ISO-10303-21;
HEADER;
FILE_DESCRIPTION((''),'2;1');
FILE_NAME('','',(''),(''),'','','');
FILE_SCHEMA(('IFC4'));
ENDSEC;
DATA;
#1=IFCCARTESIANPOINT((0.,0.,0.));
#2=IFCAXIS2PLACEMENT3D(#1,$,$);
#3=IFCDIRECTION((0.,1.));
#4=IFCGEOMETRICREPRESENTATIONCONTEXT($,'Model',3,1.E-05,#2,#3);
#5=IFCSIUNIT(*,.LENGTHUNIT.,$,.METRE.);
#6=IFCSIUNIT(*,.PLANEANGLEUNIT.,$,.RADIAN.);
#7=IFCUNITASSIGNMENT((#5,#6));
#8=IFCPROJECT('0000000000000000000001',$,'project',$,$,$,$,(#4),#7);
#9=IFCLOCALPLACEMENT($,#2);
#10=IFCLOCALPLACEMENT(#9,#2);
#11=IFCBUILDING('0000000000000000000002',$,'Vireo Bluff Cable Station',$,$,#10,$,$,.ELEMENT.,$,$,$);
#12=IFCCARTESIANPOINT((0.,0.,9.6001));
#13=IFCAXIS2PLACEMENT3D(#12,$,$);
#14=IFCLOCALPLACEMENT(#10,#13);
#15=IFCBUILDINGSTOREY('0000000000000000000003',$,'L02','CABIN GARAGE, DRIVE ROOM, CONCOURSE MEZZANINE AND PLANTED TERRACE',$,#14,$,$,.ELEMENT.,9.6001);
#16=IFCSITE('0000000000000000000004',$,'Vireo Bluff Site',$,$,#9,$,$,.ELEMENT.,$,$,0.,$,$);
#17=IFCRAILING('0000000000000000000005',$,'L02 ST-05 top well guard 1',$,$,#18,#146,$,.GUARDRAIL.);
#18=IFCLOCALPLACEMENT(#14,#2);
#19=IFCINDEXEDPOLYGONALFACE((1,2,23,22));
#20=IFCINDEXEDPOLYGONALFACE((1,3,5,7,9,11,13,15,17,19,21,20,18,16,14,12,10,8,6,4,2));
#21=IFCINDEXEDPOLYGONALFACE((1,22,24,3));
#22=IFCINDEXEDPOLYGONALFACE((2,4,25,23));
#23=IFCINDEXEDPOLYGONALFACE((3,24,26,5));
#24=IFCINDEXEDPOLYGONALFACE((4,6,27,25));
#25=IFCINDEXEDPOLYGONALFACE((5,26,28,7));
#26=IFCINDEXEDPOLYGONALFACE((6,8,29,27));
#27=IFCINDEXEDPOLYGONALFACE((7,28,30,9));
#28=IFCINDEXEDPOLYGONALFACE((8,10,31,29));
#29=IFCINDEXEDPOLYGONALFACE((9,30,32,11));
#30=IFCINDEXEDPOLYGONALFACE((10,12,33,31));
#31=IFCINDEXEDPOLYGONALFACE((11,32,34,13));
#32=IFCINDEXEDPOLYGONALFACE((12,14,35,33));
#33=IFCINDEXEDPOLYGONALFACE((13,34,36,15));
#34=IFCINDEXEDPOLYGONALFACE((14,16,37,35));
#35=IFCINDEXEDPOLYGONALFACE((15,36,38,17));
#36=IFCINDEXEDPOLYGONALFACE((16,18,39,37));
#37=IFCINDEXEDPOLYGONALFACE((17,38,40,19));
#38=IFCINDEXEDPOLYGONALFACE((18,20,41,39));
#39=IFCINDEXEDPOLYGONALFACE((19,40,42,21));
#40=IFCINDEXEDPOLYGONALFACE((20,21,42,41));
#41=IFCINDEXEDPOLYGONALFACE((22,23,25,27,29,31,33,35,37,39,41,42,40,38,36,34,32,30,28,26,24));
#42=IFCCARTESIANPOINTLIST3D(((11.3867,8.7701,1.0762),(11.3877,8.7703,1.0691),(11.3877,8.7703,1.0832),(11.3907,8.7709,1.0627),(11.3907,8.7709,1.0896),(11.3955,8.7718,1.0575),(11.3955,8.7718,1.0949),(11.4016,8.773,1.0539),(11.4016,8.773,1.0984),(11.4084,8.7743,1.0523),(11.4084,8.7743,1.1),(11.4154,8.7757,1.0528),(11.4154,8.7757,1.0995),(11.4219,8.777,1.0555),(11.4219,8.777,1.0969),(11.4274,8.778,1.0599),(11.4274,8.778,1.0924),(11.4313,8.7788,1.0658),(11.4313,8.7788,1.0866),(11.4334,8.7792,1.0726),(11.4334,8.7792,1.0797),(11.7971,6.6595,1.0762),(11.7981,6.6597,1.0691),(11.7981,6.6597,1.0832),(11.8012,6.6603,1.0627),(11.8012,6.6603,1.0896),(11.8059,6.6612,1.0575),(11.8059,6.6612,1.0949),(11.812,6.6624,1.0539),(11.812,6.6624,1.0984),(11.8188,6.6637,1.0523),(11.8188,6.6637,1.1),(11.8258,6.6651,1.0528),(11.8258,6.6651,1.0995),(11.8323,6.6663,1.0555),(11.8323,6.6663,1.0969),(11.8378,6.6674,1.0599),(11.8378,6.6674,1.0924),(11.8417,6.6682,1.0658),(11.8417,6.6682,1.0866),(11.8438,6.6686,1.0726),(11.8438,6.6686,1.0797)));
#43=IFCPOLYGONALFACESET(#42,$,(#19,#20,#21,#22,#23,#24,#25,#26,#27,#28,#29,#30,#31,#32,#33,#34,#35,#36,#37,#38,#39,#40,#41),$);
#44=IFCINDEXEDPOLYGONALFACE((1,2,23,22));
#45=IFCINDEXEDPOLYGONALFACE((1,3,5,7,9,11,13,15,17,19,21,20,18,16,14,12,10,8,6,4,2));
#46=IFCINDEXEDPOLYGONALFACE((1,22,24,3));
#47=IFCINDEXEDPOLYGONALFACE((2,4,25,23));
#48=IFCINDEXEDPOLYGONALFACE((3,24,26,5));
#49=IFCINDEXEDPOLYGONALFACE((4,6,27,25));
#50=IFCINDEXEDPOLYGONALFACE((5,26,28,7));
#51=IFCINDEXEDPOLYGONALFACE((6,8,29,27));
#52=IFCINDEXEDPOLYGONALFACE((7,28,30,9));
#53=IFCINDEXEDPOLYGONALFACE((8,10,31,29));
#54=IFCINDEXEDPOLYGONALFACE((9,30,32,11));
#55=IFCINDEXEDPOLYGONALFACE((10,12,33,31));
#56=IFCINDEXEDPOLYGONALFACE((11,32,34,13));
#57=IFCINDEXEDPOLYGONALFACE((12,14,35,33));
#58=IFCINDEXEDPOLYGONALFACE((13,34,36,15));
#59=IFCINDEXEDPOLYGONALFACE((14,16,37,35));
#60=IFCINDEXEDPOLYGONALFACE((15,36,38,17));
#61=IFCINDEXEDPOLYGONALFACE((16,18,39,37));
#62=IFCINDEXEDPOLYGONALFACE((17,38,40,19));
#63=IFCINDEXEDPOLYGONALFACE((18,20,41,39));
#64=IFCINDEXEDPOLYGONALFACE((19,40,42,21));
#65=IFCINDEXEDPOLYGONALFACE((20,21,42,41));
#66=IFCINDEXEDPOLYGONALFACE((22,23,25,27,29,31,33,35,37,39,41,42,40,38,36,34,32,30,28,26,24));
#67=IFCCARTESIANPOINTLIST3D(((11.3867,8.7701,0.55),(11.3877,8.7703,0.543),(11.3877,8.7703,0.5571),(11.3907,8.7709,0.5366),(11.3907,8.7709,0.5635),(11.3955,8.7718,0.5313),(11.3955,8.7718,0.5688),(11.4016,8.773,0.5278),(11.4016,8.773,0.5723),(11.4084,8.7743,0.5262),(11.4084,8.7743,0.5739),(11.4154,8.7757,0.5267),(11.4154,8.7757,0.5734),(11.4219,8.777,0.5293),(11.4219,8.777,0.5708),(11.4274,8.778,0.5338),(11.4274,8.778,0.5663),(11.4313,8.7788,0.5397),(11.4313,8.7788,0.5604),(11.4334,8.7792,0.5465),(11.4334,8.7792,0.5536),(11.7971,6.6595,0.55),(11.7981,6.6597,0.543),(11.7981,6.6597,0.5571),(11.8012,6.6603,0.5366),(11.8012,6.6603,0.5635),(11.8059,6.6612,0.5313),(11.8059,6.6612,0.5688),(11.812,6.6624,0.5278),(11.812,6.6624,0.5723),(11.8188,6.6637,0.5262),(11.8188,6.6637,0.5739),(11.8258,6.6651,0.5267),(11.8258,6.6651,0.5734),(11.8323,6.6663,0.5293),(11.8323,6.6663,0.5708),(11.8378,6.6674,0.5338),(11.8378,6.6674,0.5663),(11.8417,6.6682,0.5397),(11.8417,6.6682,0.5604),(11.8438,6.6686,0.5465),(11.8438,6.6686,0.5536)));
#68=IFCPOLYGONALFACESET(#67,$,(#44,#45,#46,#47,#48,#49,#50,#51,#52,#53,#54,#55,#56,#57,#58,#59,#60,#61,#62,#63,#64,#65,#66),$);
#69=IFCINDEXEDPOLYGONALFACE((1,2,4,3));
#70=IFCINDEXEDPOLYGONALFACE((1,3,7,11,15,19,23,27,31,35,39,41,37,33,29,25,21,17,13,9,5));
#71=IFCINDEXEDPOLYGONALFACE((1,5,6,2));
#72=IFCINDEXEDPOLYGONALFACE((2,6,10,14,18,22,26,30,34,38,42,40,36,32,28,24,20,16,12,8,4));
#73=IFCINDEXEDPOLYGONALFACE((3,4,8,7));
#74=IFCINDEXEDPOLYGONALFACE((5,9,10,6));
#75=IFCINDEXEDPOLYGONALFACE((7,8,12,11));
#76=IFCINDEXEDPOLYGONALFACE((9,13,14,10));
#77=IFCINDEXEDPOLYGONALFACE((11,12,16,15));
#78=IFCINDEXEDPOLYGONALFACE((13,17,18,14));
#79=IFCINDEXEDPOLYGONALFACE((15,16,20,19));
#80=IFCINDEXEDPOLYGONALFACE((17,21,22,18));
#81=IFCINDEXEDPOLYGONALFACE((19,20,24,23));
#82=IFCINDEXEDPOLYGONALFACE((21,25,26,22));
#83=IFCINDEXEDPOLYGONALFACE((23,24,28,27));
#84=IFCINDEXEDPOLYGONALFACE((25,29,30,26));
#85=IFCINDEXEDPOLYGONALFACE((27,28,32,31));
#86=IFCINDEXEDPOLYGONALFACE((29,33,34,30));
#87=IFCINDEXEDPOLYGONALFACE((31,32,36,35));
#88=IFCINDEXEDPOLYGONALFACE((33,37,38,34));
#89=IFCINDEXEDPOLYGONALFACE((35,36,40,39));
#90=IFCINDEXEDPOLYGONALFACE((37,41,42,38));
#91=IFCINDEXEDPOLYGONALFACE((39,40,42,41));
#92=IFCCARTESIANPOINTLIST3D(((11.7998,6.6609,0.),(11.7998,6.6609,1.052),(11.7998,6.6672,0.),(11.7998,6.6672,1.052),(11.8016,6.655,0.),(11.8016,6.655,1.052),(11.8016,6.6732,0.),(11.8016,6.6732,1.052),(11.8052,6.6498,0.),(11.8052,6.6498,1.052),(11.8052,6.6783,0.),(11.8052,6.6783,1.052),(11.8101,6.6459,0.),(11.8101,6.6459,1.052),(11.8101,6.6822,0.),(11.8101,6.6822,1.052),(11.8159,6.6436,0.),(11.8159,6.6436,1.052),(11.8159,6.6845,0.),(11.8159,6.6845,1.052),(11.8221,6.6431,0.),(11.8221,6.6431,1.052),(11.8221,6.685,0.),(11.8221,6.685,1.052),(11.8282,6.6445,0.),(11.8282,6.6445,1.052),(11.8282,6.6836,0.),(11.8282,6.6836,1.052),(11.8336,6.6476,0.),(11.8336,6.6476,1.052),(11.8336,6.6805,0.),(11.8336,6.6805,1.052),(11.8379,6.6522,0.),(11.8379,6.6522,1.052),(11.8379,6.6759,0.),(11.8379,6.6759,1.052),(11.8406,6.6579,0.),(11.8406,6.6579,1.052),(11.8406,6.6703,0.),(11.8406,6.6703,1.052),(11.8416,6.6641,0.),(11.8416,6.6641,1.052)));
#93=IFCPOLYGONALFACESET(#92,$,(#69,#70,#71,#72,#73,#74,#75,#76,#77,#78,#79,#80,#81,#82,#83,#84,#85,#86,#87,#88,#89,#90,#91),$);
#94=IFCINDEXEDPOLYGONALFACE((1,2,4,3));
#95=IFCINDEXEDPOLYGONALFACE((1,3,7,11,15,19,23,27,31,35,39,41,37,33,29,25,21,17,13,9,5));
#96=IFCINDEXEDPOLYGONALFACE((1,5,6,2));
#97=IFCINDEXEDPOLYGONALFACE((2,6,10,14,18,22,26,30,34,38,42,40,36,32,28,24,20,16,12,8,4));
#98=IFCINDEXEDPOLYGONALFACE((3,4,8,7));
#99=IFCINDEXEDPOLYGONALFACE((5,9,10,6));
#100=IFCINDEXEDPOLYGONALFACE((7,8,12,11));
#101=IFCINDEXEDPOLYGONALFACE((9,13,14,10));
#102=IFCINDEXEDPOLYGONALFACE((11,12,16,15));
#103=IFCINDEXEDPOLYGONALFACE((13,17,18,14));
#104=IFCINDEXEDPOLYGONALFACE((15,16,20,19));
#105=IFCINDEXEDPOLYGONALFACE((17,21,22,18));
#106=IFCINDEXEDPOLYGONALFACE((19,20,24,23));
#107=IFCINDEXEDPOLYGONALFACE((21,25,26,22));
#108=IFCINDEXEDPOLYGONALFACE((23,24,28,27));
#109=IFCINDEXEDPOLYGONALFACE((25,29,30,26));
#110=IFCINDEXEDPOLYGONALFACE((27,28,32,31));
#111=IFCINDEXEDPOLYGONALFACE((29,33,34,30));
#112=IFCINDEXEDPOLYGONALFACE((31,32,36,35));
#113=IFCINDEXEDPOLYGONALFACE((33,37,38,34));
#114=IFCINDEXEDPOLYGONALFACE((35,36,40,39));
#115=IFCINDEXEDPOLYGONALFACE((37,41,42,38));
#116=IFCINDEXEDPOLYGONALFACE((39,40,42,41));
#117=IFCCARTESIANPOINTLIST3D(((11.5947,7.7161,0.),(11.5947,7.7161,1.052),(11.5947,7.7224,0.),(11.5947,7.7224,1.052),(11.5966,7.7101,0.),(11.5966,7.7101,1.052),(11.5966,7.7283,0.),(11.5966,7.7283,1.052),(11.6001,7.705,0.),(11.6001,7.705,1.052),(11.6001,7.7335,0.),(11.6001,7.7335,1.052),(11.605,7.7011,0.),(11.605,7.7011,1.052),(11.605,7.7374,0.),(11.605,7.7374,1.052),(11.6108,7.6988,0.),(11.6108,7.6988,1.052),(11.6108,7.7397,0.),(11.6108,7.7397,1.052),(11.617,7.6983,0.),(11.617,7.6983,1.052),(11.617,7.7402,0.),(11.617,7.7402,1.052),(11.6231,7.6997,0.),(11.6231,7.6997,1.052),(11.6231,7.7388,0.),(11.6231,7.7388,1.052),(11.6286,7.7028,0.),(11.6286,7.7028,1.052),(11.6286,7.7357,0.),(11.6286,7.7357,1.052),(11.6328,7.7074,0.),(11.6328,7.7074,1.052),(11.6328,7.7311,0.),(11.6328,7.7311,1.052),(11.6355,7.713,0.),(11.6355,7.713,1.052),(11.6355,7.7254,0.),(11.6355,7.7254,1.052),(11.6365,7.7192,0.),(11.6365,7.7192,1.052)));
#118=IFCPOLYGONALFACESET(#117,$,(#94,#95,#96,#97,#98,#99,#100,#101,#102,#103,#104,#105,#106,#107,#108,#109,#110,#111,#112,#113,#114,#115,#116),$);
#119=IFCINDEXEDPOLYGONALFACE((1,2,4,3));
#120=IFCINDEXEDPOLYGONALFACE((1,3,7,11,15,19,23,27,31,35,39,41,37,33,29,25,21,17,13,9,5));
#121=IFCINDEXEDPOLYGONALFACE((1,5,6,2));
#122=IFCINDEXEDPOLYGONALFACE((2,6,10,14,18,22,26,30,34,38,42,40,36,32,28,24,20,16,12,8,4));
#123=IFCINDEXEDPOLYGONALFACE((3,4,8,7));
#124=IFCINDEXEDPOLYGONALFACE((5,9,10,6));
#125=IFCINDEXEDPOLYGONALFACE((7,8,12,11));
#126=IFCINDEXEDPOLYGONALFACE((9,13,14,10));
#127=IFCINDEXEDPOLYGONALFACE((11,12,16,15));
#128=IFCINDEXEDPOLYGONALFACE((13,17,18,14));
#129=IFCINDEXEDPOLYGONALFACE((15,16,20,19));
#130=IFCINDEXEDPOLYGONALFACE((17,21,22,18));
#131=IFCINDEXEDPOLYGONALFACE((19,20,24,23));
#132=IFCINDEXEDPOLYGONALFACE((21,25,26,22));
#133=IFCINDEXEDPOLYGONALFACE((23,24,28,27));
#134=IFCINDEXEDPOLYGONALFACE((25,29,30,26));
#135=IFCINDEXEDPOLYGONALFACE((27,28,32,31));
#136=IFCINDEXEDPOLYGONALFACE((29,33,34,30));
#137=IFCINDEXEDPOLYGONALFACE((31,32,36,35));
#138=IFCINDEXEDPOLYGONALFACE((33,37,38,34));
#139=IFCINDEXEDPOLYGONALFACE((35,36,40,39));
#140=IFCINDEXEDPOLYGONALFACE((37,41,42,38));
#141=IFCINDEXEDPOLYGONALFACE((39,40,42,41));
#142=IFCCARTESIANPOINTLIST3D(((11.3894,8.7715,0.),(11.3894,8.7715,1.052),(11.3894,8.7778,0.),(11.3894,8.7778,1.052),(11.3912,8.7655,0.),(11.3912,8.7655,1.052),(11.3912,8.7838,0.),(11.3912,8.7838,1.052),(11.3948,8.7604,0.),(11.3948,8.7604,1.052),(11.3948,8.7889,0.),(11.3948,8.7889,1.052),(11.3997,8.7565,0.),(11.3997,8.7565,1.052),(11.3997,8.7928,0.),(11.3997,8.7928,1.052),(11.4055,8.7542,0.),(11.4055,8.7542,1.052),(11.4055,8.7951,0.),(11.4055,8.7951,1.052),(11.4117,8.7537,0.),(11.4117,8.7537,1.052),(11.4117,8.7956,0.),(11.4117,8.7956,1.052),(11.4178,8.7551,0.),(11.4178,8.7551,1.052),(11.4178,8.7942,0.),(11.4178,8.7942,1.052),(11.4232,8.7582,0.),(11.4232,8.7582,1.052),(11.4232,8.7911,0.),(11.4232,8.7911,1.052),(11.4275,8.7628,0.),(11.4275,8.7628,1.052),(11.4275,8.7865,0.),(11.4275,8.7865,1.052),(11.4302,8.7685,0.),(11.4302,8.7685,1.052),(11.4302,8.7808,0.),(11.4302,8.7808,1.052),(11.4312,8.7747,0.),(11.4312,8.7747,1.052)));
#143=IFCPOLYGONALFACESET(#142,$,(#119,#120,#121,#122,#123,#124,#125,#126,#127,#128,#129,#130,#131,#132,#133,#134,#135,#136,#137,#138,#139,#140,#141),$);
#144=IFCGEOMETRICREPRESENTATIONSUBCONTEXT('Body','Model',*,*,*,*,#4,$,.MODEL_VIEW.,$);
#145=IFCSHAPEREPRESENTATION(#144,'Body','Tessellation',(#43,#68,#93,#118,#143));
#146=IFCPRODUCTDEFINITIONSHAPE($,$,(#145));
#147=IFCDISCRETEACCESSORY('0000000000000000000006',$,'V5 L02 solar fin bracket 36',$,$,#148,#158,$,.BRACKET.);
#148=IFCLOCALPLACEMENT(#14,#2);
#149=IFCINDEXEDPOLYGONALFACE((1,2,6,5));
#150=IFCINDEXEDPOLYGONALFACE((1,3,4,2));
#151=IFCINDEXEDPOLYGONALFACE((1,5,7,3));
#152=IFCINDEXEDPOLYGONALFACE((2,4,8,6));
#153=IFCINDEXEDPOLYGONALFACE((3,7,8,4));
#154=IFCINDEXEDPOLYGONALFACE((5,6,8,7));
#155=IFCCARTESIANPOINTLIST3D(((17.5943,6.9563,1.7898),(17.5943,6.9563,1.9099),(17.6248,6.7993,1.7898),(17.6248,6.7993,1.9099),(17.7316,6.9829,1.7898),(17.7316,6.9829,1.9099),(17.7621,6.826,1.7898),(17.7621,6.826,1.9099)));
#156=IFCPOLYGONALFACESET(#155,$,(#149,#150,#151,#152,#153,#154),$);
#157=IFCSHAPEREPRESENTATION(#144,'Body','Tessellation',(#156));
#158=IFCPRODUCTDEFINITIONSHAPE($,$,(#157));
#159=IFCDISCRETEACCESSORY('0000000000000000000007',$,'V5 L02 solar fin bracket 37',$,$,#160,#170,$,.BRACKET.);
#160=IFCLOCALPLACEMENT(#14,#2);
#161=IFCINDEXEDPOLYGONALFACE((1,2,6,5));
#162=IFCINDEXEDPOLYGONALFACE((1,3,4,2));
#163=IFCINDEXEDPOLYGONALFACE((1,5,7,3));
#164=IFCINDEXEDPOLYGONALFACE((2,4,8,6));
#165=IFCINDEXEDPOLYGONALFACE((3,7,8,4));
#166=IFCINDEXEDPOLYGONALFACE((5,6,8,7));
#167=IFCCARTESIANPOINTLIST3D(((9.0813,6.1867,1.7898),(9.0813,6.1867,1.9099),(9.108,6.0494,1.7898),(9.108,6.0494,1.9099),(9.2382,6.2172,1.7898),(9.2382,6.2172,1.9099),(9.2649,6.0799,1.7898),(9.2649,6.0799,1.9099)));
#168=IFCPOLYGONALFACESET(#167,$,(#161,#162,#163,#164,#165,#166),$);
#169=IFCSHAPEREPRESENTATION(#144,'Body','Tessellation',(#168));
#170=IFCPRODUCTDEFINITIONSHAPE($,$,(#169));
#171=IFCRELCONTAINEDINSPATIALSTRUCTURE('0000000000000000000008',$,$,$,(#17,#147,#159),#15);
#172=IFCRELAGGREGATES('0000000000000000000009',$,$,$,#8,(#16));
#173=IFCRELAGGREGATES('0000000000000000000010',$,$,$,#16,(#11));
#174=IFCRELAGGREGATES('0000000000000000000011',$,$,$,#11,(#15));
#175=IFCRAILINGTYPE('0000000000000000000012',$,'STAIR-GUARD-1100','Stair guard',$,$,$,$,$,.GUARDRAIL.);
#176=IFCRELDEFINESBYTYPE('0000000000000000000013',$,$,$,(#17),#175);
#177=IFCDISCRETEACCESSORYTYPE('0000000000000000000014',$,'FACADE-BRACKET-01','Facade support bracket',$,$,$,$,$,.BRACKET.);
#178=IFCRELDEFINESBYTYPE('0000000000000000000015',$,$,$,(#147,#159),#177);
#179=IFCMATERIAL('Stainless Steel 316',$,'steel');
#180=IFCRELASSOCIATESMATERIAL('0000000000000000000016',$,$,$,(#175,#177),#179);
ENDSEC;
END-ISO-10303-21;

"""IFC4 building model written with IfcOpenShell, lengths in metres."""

from ifc_helpers import new_model, si_unit, direction, frame, origin, origin_2d, place, context, subcontext, project, spatial, rectangle, circle, extrude, material, type_object, element, save


model = new_model("IFC4")

# Units and contexts
model_context = context("Model", 3, precision=1e-05, world=origin(), true_north=direction((0.0, 1.0)))
body_context = subcontext(model_context, "Body", "Model", "MODEL_VIEW")
ifc_project = project(units=[si_unit("LENGTHUNIT", "METRE"), si_unit("PLANEANGLEUNIT", "RADIAN")], contexts=[model_context])

# Site, building, storey
site_placement = place(None, origin())
site = spatial("IfcSite", under=ifc_project, at=site_placement, Name="Vireo Bluff Site", CompositionType="ELEMENT", RefElevation=0.0)
building_placement = place(site_placement, origin())
building = spatial("IfcBuilding", under=site, at=building_placement, Name="Vireo Bluff Cable Station", CompositionType="ELEMENT")
storey_placement = place(building_placement, frame((0.0, 0.0, 9.6001)))
storey = spatial("IfcBuildingStorey", under=building, at=storey_placement, Name="L02", Description="CABIN GARAGE, DRIVE ROOM, CONCOURSE MEZZANINE AND PLANTED TERRACE", CompositionType="ELEMENT", Elevation=9.6001)

# Shared definitions
ifc_material_1 = material(Name="Stainless Steel 316", Category="steel")

# Railing
railing_type = type_object("IfcRailingType", Name="STAIR-GUARD-1100", Description="Stair guard", PredefinedType="GUARDRAIL", material=ifc_material_1)
railing_placement = place(storey_placement, frame((11.8206, 6.6641, 0.0)))
element("IfcRailing", 1, at=railing_placement, inside=storey, type_object=railing_type, Name="L02 ST-05 top well guard 1", PredefinedType="GUARDRAIL", context=body_context, shape_type="SweptSolid", body=[
    extrude(circle(Radius=0.0239, at=origin_2d()), frame((0.0, 0.0, 1.0762), z_axis=(-0.190873, 0.981615, 0.0), x_axis=(-0.981615, -0.190873, 0.0)), (0.0, 0.0, 1.0), 2.1501),
    extrude(circle(Radius=0.0239, at=origin_2d()), frame((0.0, 0.0, 0.55), z_axis=(-0.190873, 0.981615, 0.0), x_axis=(-0.981615, -0.190873, 0.0)), (0.0, 0.0, 1.0), 2.1501),
    extrude(circle(Radius=0.021, at=origin_2d()), origin(), (0.0, 0.0, 1.0), 1.052),
    extrude(circle(Radius=0.021, at=origin_2d()), frame((-0.2051, 1.0552, 0.0)), (0.0, 0.0, 1.0), 1.052),
    extrude(circle(Radius=0.021, at=origin_2d()), frame((-0.4104, 2.1106, 0.0)), (0.0, 0.0, 1.0), 1.052),
])

# Discrete accessories
discrete_accessory_type = type_object("IfcDiscreteAccessoryType", Name="FACADE-BRACKET-01", Description="Facade support bracket", PredefinedType="BRACKET", material=ifc_material_1)
for number, where, z_axis, x_axis, name in (
    (2, (17.6782, 6.8911, 1.7898), (0.0, 0.0, 1.0), (-0.981627, -0.190809, 0.0), "V5 L02 solar fin bracket 36"),
    (3, (9.1731, 6.1333, 1.7898), (0.0, 0.0, 1.0), (-0.190809, 0.981627, 0.0), "V5 L02 solar fin bracket 37"),
):
    element("IfcDiscreteAccessory", number, at=place(storey_placement, frame(where, z_axis=z_axis, x_axis=x_axis)), inside=storey, type_object=discrete_accessory_type, Name=name, PredefinedType="BRACKET", context=body_context, shape_type="SweptSolid", body=[
        extrude(rectangle(XDim=0.1399, YDim=0.1599, at=origin_2d()), origin(), (0.0, 0.0, 1.0), 0.1201),
    ])

save(model, "model.ifc")
